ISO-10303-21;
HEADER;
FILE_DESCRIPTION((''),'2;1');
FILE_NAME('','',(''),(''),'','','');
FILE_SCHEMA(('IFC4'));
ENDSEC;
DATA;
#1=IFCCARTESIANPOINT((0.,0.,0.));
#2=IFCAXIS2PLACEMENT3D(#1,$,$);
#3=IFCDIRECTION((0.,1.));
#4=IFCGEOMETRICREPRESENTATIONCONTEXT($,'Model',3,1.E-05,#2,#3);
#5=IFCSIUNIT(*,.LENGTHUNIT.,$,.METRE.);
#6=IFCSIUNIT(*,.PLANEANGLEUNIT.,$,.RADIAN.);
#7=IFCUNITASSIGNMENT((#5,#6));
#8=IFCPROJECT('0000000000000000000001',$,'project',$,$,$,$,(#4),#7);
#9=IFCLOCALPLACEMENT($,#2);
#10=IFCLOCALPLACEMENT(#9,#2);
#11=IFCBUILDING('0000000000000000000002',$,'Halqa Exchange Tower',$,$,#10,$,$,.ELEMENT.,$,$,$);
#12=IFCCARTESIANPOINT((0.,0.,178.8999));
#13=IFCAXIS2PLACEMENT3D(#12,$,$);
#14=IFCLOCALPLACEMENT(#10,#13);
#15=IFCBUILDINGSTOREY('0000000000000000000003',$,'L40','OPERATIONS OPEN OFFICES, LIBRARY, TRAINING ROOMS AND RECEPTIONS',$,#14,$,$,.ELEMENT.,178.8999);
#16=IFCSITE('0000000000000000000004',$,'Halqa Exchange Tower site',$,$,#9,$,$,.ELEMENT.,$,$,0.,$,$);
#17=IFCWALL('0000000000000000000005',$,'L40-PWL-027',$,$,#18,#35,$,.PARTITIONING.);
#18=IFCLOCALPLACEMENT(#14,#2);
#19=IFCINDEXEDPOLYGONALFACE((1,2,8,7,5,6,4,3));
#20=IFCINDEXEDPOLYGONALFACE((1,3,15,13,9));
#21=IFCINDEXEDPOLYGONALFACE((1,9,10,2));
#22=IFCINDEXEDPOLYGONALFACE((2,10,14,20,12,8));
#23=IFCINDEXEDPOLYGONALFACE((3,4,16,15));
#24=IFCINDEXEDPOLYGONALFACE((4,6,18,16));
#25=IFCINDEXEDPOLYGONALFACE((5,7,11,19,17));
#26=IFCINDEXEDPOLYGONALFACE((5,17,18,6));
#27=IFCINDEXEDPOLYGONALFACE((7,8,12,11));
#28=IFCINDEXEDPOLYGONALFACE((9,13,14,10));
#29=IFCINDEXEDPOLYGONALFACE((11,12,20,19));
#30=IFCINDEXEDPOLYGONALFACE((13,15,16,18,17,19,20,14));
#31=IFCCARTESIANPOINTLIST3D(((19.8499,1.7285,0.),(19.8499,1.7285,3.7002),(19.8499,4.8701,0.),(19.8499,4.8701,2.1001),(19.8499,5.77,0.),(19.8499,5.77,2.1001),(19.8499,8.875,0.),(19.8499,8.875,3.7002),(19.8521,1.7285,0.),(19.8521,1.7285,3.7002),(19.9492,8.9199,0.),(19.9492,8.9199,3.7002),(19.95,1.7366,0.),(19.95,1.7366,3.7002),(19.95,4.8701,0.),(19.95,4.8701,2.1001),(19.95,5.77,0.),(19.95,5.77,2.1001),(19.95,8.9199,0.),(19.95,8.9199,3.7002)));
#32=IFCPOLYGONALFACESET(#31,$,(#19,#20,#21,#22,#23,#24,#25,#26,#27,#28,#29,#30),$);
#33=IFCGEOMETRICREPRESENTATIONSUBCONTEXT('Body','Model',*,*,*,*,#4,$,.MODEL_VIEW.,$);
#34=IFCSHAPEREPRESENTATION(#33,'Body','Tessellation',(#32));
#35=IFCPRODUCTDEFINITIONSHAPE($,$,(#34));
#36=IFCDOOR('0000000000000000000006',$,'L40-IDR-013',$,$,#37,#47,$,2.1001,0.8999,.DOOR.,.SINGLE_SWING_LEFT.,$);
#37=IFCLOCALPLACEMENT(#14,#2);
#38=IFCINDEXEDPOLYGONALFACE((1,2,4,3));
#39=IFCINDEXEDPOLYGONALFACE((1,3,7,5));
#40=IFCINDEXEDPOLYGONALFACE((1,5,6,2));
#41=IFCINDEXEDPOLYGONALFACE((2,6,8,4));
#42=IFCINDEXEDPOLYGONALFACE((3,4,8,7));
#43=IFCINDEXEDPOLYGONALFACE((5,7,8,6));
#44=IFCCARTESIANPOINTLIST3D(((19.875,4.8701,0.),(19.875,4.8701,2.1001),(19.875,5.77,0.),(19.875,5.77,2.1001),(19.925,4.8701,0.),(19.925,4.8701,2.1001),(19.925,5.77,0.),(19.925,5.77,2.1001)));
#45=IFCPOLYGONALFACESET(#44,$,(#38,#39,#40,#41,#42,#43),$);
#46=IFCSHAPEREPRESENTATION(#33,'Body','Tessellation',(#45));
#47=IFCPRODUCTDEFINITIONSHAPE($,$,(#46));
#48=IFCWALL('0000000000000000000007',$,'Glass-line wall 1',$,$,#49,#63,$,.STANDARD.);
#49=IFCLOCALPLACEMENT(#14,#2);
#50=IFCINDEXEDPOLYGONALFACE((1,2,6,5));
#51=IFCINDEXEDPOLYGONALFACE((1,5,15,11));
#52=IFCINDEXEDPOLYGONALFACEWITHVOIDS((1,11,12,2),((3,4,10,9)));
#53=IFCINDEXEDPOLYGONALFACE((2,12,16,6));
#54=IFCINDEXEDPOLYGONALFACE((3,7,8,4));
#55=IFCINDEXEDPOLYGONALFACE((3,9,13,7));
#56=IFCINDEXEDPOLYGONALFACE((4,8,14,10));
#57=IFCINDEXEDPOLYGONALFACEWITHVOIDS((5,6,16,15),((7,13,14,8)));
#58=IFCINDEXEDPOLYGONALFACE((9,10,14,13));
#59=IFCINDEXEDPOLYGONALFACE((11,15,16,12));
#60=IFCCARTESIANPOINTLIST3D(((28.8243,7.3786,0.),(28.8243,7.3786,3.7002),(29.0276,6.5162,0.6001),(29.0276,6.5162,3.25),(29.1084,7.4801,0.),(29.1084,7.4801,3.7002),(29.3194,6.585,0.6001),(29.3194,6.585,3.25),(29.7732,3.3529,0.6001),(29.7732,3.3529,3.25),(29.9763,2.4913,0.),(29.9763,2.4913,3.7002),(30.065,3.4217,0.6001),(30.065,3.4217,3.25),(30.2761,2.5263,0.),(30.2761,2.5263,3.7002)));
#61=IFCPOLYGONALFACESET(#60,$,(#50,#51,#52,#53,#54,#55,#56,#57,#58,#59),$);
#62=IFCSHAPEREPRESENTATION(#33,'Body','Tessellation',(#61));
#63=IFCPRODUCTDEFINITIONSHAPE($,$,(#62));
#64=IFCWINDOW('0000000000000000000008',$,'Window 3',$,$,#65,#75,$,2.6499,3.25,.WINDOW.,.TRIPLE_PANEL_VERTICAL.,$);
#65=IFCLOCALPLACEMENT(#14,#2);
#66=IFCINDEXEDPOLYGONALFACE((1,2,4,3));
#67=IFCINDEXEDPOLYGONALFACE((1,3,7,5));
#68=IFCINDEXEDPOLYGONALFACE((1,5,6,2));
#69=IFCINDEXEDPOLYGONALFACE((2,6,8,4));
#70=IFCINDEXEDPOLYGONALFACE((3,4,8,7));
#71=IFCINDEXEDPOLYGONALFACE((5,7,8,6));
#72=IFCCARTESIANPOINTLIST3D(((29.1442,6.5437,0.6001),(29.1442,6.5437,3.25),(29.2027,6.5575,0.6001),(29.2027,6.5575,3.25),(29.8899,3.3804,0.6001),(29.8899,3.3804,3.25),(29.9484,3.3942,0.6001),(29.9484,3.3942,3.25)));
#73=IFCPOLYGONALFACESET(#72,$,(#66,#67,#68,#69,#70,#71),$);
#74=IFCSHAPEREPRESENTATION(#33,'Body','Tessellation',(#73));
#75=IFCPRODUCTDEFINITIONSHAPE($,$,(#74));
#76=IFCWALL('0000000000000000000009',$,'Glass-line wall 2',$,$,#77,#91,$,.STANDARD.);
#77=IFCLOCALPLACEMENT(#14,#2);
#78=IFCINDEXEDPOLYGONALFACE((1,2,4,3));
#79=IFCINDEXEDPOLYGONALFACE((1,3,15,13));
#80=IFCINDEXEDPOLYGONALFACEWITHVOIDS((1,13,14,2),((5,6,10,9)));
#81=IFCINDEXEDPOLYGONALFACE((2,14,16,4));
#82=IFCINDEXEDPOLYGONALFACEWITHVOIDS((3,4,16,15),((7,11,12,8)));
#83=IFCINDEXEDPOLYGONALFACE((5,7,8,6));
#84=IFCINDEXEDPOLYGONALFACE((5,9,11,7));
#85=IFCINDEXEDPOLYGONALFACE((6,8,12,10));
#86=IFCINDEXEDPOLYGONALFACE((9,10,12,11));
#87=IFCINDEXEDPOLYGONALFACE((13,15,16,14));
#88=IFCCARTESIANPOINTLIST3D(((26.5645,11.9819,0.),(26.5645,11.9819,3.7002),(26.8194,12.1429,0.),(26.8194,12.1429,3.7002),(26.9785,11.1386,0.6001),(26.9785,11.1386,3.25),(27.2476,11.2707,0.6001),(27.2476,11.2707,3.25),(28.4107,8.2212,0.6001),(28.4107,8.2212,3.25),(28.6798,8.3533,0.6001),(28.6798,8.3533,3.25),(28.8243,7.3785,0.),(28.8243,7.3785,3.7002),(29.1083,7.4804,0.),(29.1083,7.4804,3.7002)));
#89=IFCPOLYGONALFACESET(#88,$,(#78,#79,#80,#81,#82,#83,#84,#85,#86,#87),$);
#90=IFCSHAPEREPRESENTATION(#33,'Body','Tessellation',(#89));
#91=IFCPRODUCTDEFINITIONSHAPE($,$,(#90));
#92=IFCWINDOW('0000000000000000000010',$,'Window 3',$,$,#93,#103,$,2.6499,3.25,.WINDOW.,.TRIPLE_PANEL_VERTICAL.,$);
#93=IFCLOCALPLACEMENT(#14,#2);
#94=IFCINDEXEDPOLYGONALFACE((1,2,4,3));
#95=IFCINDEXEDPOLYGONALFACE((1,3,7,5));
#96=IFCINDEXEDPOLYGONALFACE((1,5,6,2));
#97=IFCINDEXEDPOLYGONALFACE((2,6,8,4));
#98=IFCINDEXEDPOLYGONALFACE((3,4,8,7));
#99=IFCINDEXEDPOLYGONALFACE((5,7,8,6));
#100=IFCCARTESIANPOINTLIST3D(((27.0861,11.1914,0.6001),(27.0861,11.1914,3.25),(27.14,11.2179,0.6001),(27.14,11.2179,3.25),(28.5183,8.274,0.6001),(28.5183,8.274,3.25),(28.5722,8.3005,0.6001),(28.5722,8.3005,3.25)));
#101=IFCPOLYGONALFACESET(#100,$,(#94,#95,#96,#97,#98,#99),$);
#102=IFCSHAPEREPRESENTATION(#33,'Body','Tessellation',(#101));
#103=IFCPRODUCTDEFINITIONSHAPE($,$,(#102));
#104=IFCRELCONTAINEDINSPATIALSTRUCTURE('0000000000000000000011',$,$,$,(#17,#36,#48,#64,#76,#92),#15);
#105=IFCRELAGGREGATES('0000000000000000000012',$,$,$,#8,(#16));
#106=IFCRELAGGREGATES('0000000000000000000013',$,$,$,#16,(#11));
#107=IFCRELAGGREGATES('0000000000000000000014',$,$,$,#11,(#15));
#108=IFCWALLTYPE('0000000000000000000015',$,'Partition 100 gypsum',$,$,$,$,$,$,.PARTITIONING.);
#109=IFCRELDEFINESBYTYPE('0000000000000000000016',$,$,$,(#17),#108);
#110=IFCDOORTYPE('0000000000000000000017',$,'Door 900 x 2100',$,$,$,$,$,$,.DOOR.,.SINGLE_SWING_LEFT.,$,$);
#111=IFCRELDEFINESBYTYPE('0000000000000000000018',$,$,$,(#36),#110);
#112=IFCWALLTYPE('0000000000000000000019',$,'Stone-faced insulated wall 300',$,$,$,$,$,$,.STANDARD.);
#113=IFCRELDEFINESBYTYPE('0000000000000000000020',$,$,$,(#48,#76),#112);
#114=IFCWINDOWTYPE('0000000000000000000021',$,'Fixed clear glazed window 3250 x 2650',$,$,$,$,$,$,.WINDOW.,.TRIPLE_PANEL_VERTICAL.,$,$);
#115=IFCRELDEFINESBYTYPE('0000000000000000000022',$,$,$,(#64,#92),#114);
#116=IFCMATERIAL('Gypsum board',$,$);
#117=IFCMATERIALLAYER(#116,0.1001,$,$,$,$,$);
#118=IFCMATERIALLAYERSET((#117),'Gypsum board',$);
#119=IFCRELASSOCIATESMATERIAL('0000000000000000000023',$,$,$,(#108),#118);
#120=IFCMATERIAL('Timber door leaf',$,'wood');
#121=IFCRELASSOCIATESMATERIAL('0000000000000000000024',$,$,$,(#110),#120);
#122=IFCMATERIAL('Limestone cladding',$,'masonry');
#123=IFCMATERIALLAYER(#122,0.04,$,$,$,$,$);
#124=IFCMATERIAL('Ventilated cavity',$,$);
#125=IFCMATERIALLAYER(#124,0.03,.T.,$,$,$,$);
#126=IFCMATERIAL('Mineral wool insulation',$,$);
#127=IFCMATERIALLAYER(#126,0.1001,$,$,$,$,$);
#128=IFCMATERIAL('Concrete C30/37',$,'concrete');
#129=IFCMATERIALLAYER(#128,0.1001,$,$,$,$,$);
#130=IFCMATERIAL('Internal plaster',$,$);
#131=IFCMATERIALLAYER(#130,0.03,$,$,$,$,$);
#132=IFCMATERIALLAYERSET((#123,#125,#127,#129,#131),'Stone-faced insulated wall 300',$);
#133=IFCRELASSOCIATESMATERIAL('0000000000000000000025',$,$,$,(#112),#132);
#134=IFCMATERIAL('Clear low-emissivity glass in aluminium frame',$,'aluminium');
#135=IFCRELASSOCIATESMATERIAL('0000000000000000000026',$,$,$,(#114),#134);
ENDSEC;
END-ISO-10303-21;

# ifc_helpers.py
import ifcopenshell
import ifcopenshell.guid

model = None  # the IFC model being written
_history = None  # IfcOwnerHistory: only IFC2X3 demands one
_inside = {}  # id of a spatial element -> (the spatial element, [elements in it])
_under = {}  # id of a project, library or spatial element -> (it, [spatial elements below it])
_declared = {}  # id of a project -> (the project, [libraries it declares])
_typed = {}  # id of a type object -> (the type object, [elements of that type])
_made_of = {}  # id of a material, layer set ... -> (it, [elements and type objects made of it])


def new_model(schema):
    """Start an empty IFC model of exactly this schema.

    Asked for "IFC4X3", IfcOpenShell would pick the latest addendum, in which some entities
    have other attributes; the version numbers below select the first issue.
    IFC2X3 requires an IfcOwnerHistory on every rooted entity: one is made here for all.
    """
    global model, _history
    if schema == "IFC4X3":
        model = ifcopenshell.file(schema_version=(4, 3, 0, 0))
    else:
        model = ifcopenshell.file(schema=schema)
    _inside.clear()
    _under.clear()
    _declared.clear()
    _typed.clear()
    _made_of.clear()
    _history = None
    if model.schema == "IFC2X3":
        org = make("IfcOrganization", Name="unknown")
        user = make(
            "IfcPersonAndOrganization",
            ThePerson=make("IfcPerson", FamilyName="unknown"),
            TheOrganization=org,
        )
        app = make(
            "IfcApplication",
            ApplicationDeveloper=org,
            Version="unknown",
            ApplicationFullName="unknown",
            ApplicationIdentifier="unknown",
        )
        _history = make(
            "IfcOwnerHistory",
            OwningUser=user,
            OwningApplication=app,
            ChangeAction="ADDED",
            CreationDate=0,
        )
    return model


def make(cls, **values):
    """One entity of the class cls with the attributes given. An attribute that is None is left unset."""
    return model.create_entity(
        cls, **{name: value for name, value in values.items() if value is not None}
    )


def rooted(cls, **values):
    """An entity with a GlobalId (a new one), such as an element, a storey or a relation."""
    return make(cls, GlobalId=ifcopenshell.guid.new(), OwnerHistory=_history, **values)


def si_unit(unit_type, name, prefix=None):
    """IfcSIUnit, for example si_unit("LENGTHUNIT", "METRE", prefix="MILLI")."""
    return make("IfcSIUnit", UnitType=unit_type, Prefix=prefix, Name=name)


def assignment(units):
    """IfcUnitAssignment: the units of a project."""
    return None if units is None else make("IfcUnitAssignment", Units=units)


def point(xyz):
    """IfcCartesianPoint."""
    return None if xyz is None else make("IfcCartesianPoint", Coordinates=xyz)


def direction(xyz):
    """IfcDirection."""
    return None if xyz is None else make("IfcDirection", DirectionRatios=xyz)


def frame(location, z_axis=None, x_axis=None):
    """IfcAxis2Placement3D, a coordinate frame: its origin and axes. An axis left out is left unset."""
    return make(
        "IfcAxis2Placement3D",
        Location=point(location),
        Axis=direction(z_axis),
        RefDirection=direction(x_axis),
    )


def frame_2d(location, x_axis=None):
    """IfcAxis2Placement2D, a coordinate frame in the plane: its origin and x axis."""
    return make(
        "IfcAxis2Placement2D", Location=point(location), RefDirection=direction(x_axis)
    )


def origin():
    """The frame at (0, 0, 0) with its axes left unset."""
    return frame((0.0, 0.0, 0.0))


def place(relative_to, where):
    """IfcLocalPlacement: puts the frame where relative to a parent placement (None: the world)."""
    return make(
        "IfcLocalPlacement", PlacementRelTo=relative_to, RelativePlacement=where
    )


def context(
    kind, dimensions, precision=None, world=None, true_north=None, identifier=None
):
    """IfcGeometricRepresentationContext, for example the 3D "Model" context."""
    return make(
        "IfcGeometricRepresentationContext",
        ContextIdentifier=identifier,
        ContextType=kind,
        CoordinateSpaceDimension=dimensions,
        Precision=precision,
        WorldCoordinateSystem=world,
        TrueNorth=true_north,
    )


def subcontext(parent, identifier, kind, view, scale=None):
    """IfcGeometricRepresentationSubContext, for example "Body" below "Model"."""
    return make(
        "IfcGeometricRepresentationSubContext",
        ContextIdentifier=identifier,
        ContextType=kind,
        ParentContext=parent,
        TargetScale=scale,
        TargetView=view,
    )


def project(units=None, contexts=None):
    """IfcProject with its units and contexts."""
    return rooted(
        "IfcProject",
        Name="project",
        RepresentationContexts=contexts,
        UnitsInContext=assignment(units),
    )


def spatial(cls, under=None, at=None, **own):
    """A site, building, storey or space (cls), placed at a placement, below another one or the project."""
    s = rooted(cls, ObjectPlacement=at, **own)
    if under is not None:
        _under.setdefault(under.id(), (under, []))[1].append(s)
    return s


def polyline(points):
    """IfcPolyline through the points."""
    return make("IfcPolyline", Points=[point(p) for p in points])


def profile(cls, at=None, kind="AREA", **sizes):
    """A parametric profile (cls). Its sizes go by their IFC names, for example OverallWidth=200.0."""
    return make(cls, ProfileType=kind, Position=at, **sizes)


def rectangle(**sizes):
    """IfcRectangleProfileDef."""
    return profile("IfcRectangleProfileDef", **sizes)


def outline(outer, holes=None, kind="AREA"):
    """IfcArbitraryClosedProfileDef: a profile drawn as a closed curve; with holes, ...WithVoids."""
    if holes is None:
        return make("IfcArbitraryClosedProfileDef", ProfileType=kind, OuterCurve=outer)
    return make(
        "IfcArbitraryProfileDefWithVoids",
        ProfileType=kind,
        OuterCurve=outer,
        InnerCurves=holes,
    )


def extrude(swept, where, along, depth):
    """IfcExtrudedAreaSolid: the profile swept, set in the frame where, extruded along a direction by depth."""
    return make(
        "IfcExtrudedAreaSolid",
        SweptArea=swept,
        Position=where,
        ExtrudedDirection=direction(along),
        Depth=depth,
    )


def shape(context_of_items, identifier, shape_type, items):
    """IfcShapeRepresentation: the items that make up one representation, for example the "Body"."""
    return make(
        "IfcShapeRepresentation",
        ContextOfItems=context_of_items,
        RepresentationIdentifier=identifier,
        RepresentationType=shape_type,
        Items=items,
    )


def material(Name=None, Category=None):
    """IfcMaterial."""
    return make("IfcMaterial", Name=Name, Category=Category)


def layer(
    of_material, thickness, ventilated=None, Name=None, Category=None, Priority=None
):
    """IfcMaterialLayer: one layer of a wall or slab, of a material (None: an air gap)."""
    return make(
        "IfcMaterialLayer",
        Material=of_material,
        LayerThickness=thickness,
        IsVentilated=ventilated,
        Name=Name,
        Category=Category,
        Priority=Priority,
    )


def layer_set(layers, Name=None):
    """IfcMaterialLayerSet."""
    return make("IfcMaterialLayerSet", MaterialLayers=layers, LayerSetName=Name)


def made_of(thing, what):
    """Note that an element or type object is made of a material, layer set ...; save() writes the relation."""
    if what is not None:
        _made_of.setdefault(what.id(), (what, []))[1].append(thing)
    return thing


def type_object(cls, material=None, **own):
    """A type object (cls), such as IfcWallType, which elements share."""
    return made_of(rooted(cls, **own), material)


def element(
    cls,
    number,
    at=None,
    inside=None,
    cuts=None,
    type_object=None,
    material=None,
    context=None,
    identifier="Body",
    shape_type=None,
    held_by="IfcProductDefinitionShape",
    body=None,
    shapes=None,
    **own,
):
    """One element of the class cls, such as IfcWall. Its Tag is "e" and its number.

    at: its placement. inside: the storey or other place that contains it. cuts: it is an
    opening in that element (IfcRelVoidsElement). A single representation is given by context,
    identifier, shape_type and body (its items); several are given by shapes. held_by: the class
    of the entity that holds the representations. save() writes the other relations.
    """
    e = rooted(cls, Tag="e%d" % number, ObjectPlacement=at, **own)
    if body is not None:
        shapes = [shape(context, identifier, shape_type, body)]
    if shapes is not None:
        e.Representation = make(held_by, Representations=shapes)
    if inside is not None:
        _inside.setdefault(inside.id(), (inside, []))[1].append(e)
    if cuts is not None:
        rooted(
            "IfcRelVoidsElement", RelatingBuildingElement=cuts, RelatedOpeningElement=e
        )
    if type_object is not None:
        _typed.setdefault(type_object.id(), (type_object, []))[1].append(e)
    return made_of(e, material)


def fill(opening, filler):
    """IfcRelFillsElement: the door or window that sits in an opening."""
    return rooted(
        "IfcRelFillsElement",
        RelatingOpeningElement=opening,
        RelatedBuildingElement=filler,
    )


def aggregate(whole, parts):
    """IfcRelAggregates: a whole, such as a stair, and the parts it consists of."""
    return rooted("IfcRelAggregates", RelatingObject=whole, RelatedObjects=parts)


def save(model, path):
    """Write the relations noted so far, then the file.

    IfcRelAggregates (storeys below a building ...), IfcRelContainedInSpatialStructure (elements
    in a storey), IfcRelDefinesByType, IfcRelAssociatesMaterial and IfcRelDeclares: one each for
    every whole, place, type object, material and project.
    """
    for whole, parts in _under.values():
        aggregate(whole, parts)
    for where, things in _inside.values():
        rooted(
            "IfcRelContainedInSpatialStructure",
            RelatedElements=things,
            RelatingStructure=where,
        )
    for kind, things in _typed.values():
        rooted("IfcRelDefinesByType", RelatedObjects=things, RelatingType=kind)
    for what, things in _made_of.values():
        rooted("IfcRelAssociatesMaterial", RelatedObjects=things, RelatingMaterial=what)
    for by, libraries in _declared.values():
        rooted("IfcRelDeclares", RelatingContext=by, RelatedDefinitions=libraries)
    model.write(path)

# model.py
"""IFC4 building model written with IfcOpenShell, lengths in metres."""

from ifc_helpers import new_model, si_unit, direction, frame, frame_2d, origin, place, context, subcontext, project, spatial, polyline, rectangle, outline, extrude, material, layer, layer_set, type_object, element, fill, save


model = new_model("IFC4")

# Units and contexts
model_context = context("Model", 3, precision=1e-05, world=origin(), true_north=direction((0.0, 1.0)))
body_context = subcontext(model_context, "Body", "Model", "MODEL_VIEW")
ifc_project = project(units=[si_unit("LENGTHUNIT", "METRE"), si_unit("PLANEANGLEUNIT", "RADIAN")], contexts=[model_context])

# Site, building, storey
site_placement = place(None, origin())
site = spatial("IfcSite", under=ifc_project, at=site_placement, Name="Halqa Exchange Tower site", CompositionType="ELEMENT", RefElevation=0.0)
building_placement = place(site_placement, origin())
building = spatial("IfcBuilding", under=site, at=building_placement, Name="Halqa Exchange Tower", CompositionType="ELEMENT")
storey_placement = place(building_placement, frame((0.0, 0.0, 178.8999)))
storey = spatial("IfcBuildingStorey", under=building, at=storey_placement, Name="L40", Description="OPERATIONS OPEN OFFICES, LIBRARY, TRAINING ROOMS AND RECEPTIONS", CompositionType="ELEMENT", Elevation=178.8999)

# Wall, opening, door
ifc_material_1 = material(Name="Gypsum board")
ifc_layer_1 = layer(ifc_material_1, 0.1001)
ifc_layer_set_1 = layer_set([ifc_layer_1], Name="Gypsum board")
wall_type_1 = type_object("IfcWallType", Name="Partition 100 gypsum", PredefinedType="PARTITIONING", material=ifc_layer_set_1)
wall_1_placement = place(storey_placement, frame((19.8999, 8.9199, 0.0), z_axis=(0.0, 0.0, 1.0), x_axis=(0.0, -1.0, 0.0)))
wall_1 = element("IfcWall", 1, at=wall_1_placement, inside=storey, type_object=wall_type_1, Name="L40-PWL-027", PredefinedType="PARTITIONING", context=body_context, shape_type="SweptSolid", body=[
    extrude(outline(polyline([(7.1914, -0.05), (7.1914, -0.0479), (7.1833, 0.05), (5.3875, 0.05), (3.5916, 0.05), (1.7959, 0.05), (0.0, 0.05), (0.0, 0.0493), (0.0449, -0.05), (1.8315, -0.05), (3.6182, -0.05), (5.4048, -0.05), (7.1914, -0.05)])), origin(), (0.0, 0.0, 1.0), 3.7002),
])
opening_1_placement = place(wall_1_placement, frame((3.1499, 0.0, 0.0)))
opening_1 = element("IfcOpeningElement", 2, at=opening_1_placement, cuts=wall_1, PredefinedType="OPENING", context=body_context, shape_type="SweptSolid", body=[
    extrude(rectangle(XDim=0.8999, YDim=2.1001, at=frame_2d((0.45, 1.05))), frame((0.0, 0.062, 0.0), z_axis=(0.0, -1.0, 0.0), x_axis=(1.0, 0.0, 0.0)), (0.0, 0.0, 1.0), 0.124),
])
ifc_material_2 = material(Name="Timber door leaf", Category="wood")
door_type_1 = type_object("IfcDoorType", Name="Door 900 x 2100", OperationType="SINGLE_SWING_LEFT", PredefinedType="DOOR", material=ifc_material_2)
door_1_placement = place(opening_1_placement, frame((0.8999, 0.0, 0.0), z_axis=(0.0, 0.0, 1.0), x_axis=(-1.0, 0.0, 0.0)))
door_1 = element("IfcDoor", 3, at=door_1_placement, inside=storey, type_object=door_type_1, Name="L40-IDR-013", OperationType="SINGLE_SWING_LEFT", OverallHeight=2.1001, OverallWidth=0.8999, PredefinedType="DOOR", context=body_context, shape_type="SweptSolid", body=[
    extrude(rectangle(XDim=0.8999, YDim=2.1001, at=frame_2d((0.45, 1.05))), frame((0.0, 0.0249, 0.0), z_axis=(0.0, -1.0, 0.0), x_axis=(1.0, 0.0, 0.0)), (0.0, 0.0, 1.0), 0.05),
])
fill(opening_1, door_1)

# Walls, openings, windows
ifc_material_3 = material(Name="Limestone cladding", Category="masonry")
ifc_layer_2 = layer(ifc_material_3, 0.04)
ifc_material_4 = material(Name="Ventilated cavity")
ifc_layer_3 = layer(ifc_material_4, 0.03, ventilated=True)
ifc_material_5 = material(Name="Mineral wool insulation")
ifc_layer_4 = layer(ifc_material_5, 0.1001)
ifc_material_6 = material(Name="Concrete C30/37", Category="concrete")
ifc_layer_5 = layer(ifc_material_6, 0.1001)
ifc_material_7 = material(Name="Internal plaster")
ifc_layer_6 = layer(ifc_material_7, 0.03)
ifc_layer_set_2 = layer_set([ifc_layer_2, ifc_layer_3, ifc_layer_4, ifc_layer_5, ifc_layer_6], Name="Stone-faced insulated wall 300")
wall_type_2 = type_object("IfcWallType", Name="Stone-faced insulated wall 300", PredefinedType="STANDARD", material=ifc_layer_set_2)
wall_2_placement = place(storey_placement, frame((30.1262, 2.5088, 0.0), z_axis=(0.0, 0.0, 1.0), x_axis=(-0.229435, 0.973324, 0.0)))
wall_2 = element("IfcWall", 4, at=wall_2_placement, inside=storey, type_object=wall_type_2, Name="Glass-line wall 1", PredefinedType="STANDARD", context=body_context, shape_type="SweptSolid", body=[
    extrude(outline(polyline([(-0.0173, -0.1499), (5.0723, -0.1499), (5.0386, 0.1499), (0.0173, 0.1499), (-0.0173, -0.1499)])), origin(), (0.0, 0.0, 1.0), 3.7002),
])
opening_2_placement = place(wall_2_placement, frame((0.9026, 0.0, 0.6001)))
opening_2 = element("IfcOpeningElement", 5, at=opening_2_placement, cuts=wall_2, PredefinedType="OPENING", context=body_context, shape_type="SweptSolid", body=[
    extrude(rectangle(XDim=3.25, YDim=2.6499, at=frame_2d((1.625, 1.325))), frame((0.0, 0.1621, 0.0), z_axis=(0.0, -1.0, 0.0), x_axis=(1.0, 0.0, 0.0)), (0.0, 0.0, 1.0), 0.324),
])
ifc_material_8 = material(Name="Clear low-emissivity glass in aluminium frame", Category="aluminium")
window_type = type_object("IfcWindowType", Name="Fixed clear glazed window 3250 x 2650", PartitioningType="TRIPLE_PANEL_VERTICAL", PredefinedType="WINDOW", material=ifc_material_8)
window_1_placement = place(opening_2_placement, origin())
window_1 = element("IfcWindow", 6, at=window_1_placement, inside=storey, type_object=window_type, Name="Window 3", OverallHeight=2.6499, OverallWidth=3.25, PartitioningType="TRIPLE_PANEL_VERTICAL", PredefinedType="WINDOW", context=body_context, shape_type="SweptSolid", body=[
    extrude(rectangle(XDim=3.25, YDim=2.6499, at=frame_2d((1.625, 1.325))), frame((0.0, 0.03, 0.0), z_axis=(0.0, -1.0, 0.0), x_axis=(1.0, 0.0, 0.0)), (0.0, 0.0, 1.0), 0.0601),
])
fill(opening_2, window_1)
wall_3_placement = place(storey_placement, frame((28.9663, 7.4294, 0.0), z_axis=(0.0, 0.0, 1.0), x_axis=(-0.440674, 0.897667, 0.0)))
wall_3 = element("IfcWall", 7, at=wall_3_placement, inside=storey, type_object=wall_type_2, Name="Glass-line wall 2", PredefinedType="STANDARD", context=body_context, shape_type="SweptSolid", body=[
    extrude(outline(polyline([(-0.0168, -0.1499), (5.1772, -0.1499), (5.145, 0.1499), (0.0168, 0.1499), (-0.0168, -0.1499)])), origin(), (0.0, 0.0, 1.0), 3.7002),
])
opening_3_placement = place(wall_3_placement, frame((0.9556, 0.0, 0.6001)))
opening_3 = element("IfcOpeningElement", 8, at=opening_3_placement, cuts=wall_3, PredefinedType="OPENING", context=body_context, shape_type="SweptSolid", body=[
    extrude(rectangle(XDim=3.25, YDim=2.6499, at=frame_2d((1.625, 1.325))), frame((0.0, 0.1621, 0.0), z_axis=(0.0, -1.0, 0.0), x_axis=(1.0, 0.0, 0.0)), (0.0, 0.0, 1.0), 0.324),
])
window_2_placement = place(opening_3_placement, origin())
window_2 = element("IfcWindow", 9, at=window_2_placement, inside=storey, type_object=window_type, Name="Window 3", OverallHeight=2.6499, OverallWidth=3.25, PartitioningType="TRIPLE_PANEL_VERTICAL", PredefinedType="WINDOW", context=body_context, shape_type="SweptSolid", body=[
    extrude(rectangle(XDim=3.25, YDim=2.6499, at=frame_2d((1.625, 1.325))), frame((0.0, 0.03, 0.0), z_axis=(0.0, -1.0, 0.0), x_axis=(1.0, 0.0, 0.0)), (0.0, 0.0, 1.0), 0.0601),
])
fill(opening_3, window_2)

save(model, "model.ifc")
